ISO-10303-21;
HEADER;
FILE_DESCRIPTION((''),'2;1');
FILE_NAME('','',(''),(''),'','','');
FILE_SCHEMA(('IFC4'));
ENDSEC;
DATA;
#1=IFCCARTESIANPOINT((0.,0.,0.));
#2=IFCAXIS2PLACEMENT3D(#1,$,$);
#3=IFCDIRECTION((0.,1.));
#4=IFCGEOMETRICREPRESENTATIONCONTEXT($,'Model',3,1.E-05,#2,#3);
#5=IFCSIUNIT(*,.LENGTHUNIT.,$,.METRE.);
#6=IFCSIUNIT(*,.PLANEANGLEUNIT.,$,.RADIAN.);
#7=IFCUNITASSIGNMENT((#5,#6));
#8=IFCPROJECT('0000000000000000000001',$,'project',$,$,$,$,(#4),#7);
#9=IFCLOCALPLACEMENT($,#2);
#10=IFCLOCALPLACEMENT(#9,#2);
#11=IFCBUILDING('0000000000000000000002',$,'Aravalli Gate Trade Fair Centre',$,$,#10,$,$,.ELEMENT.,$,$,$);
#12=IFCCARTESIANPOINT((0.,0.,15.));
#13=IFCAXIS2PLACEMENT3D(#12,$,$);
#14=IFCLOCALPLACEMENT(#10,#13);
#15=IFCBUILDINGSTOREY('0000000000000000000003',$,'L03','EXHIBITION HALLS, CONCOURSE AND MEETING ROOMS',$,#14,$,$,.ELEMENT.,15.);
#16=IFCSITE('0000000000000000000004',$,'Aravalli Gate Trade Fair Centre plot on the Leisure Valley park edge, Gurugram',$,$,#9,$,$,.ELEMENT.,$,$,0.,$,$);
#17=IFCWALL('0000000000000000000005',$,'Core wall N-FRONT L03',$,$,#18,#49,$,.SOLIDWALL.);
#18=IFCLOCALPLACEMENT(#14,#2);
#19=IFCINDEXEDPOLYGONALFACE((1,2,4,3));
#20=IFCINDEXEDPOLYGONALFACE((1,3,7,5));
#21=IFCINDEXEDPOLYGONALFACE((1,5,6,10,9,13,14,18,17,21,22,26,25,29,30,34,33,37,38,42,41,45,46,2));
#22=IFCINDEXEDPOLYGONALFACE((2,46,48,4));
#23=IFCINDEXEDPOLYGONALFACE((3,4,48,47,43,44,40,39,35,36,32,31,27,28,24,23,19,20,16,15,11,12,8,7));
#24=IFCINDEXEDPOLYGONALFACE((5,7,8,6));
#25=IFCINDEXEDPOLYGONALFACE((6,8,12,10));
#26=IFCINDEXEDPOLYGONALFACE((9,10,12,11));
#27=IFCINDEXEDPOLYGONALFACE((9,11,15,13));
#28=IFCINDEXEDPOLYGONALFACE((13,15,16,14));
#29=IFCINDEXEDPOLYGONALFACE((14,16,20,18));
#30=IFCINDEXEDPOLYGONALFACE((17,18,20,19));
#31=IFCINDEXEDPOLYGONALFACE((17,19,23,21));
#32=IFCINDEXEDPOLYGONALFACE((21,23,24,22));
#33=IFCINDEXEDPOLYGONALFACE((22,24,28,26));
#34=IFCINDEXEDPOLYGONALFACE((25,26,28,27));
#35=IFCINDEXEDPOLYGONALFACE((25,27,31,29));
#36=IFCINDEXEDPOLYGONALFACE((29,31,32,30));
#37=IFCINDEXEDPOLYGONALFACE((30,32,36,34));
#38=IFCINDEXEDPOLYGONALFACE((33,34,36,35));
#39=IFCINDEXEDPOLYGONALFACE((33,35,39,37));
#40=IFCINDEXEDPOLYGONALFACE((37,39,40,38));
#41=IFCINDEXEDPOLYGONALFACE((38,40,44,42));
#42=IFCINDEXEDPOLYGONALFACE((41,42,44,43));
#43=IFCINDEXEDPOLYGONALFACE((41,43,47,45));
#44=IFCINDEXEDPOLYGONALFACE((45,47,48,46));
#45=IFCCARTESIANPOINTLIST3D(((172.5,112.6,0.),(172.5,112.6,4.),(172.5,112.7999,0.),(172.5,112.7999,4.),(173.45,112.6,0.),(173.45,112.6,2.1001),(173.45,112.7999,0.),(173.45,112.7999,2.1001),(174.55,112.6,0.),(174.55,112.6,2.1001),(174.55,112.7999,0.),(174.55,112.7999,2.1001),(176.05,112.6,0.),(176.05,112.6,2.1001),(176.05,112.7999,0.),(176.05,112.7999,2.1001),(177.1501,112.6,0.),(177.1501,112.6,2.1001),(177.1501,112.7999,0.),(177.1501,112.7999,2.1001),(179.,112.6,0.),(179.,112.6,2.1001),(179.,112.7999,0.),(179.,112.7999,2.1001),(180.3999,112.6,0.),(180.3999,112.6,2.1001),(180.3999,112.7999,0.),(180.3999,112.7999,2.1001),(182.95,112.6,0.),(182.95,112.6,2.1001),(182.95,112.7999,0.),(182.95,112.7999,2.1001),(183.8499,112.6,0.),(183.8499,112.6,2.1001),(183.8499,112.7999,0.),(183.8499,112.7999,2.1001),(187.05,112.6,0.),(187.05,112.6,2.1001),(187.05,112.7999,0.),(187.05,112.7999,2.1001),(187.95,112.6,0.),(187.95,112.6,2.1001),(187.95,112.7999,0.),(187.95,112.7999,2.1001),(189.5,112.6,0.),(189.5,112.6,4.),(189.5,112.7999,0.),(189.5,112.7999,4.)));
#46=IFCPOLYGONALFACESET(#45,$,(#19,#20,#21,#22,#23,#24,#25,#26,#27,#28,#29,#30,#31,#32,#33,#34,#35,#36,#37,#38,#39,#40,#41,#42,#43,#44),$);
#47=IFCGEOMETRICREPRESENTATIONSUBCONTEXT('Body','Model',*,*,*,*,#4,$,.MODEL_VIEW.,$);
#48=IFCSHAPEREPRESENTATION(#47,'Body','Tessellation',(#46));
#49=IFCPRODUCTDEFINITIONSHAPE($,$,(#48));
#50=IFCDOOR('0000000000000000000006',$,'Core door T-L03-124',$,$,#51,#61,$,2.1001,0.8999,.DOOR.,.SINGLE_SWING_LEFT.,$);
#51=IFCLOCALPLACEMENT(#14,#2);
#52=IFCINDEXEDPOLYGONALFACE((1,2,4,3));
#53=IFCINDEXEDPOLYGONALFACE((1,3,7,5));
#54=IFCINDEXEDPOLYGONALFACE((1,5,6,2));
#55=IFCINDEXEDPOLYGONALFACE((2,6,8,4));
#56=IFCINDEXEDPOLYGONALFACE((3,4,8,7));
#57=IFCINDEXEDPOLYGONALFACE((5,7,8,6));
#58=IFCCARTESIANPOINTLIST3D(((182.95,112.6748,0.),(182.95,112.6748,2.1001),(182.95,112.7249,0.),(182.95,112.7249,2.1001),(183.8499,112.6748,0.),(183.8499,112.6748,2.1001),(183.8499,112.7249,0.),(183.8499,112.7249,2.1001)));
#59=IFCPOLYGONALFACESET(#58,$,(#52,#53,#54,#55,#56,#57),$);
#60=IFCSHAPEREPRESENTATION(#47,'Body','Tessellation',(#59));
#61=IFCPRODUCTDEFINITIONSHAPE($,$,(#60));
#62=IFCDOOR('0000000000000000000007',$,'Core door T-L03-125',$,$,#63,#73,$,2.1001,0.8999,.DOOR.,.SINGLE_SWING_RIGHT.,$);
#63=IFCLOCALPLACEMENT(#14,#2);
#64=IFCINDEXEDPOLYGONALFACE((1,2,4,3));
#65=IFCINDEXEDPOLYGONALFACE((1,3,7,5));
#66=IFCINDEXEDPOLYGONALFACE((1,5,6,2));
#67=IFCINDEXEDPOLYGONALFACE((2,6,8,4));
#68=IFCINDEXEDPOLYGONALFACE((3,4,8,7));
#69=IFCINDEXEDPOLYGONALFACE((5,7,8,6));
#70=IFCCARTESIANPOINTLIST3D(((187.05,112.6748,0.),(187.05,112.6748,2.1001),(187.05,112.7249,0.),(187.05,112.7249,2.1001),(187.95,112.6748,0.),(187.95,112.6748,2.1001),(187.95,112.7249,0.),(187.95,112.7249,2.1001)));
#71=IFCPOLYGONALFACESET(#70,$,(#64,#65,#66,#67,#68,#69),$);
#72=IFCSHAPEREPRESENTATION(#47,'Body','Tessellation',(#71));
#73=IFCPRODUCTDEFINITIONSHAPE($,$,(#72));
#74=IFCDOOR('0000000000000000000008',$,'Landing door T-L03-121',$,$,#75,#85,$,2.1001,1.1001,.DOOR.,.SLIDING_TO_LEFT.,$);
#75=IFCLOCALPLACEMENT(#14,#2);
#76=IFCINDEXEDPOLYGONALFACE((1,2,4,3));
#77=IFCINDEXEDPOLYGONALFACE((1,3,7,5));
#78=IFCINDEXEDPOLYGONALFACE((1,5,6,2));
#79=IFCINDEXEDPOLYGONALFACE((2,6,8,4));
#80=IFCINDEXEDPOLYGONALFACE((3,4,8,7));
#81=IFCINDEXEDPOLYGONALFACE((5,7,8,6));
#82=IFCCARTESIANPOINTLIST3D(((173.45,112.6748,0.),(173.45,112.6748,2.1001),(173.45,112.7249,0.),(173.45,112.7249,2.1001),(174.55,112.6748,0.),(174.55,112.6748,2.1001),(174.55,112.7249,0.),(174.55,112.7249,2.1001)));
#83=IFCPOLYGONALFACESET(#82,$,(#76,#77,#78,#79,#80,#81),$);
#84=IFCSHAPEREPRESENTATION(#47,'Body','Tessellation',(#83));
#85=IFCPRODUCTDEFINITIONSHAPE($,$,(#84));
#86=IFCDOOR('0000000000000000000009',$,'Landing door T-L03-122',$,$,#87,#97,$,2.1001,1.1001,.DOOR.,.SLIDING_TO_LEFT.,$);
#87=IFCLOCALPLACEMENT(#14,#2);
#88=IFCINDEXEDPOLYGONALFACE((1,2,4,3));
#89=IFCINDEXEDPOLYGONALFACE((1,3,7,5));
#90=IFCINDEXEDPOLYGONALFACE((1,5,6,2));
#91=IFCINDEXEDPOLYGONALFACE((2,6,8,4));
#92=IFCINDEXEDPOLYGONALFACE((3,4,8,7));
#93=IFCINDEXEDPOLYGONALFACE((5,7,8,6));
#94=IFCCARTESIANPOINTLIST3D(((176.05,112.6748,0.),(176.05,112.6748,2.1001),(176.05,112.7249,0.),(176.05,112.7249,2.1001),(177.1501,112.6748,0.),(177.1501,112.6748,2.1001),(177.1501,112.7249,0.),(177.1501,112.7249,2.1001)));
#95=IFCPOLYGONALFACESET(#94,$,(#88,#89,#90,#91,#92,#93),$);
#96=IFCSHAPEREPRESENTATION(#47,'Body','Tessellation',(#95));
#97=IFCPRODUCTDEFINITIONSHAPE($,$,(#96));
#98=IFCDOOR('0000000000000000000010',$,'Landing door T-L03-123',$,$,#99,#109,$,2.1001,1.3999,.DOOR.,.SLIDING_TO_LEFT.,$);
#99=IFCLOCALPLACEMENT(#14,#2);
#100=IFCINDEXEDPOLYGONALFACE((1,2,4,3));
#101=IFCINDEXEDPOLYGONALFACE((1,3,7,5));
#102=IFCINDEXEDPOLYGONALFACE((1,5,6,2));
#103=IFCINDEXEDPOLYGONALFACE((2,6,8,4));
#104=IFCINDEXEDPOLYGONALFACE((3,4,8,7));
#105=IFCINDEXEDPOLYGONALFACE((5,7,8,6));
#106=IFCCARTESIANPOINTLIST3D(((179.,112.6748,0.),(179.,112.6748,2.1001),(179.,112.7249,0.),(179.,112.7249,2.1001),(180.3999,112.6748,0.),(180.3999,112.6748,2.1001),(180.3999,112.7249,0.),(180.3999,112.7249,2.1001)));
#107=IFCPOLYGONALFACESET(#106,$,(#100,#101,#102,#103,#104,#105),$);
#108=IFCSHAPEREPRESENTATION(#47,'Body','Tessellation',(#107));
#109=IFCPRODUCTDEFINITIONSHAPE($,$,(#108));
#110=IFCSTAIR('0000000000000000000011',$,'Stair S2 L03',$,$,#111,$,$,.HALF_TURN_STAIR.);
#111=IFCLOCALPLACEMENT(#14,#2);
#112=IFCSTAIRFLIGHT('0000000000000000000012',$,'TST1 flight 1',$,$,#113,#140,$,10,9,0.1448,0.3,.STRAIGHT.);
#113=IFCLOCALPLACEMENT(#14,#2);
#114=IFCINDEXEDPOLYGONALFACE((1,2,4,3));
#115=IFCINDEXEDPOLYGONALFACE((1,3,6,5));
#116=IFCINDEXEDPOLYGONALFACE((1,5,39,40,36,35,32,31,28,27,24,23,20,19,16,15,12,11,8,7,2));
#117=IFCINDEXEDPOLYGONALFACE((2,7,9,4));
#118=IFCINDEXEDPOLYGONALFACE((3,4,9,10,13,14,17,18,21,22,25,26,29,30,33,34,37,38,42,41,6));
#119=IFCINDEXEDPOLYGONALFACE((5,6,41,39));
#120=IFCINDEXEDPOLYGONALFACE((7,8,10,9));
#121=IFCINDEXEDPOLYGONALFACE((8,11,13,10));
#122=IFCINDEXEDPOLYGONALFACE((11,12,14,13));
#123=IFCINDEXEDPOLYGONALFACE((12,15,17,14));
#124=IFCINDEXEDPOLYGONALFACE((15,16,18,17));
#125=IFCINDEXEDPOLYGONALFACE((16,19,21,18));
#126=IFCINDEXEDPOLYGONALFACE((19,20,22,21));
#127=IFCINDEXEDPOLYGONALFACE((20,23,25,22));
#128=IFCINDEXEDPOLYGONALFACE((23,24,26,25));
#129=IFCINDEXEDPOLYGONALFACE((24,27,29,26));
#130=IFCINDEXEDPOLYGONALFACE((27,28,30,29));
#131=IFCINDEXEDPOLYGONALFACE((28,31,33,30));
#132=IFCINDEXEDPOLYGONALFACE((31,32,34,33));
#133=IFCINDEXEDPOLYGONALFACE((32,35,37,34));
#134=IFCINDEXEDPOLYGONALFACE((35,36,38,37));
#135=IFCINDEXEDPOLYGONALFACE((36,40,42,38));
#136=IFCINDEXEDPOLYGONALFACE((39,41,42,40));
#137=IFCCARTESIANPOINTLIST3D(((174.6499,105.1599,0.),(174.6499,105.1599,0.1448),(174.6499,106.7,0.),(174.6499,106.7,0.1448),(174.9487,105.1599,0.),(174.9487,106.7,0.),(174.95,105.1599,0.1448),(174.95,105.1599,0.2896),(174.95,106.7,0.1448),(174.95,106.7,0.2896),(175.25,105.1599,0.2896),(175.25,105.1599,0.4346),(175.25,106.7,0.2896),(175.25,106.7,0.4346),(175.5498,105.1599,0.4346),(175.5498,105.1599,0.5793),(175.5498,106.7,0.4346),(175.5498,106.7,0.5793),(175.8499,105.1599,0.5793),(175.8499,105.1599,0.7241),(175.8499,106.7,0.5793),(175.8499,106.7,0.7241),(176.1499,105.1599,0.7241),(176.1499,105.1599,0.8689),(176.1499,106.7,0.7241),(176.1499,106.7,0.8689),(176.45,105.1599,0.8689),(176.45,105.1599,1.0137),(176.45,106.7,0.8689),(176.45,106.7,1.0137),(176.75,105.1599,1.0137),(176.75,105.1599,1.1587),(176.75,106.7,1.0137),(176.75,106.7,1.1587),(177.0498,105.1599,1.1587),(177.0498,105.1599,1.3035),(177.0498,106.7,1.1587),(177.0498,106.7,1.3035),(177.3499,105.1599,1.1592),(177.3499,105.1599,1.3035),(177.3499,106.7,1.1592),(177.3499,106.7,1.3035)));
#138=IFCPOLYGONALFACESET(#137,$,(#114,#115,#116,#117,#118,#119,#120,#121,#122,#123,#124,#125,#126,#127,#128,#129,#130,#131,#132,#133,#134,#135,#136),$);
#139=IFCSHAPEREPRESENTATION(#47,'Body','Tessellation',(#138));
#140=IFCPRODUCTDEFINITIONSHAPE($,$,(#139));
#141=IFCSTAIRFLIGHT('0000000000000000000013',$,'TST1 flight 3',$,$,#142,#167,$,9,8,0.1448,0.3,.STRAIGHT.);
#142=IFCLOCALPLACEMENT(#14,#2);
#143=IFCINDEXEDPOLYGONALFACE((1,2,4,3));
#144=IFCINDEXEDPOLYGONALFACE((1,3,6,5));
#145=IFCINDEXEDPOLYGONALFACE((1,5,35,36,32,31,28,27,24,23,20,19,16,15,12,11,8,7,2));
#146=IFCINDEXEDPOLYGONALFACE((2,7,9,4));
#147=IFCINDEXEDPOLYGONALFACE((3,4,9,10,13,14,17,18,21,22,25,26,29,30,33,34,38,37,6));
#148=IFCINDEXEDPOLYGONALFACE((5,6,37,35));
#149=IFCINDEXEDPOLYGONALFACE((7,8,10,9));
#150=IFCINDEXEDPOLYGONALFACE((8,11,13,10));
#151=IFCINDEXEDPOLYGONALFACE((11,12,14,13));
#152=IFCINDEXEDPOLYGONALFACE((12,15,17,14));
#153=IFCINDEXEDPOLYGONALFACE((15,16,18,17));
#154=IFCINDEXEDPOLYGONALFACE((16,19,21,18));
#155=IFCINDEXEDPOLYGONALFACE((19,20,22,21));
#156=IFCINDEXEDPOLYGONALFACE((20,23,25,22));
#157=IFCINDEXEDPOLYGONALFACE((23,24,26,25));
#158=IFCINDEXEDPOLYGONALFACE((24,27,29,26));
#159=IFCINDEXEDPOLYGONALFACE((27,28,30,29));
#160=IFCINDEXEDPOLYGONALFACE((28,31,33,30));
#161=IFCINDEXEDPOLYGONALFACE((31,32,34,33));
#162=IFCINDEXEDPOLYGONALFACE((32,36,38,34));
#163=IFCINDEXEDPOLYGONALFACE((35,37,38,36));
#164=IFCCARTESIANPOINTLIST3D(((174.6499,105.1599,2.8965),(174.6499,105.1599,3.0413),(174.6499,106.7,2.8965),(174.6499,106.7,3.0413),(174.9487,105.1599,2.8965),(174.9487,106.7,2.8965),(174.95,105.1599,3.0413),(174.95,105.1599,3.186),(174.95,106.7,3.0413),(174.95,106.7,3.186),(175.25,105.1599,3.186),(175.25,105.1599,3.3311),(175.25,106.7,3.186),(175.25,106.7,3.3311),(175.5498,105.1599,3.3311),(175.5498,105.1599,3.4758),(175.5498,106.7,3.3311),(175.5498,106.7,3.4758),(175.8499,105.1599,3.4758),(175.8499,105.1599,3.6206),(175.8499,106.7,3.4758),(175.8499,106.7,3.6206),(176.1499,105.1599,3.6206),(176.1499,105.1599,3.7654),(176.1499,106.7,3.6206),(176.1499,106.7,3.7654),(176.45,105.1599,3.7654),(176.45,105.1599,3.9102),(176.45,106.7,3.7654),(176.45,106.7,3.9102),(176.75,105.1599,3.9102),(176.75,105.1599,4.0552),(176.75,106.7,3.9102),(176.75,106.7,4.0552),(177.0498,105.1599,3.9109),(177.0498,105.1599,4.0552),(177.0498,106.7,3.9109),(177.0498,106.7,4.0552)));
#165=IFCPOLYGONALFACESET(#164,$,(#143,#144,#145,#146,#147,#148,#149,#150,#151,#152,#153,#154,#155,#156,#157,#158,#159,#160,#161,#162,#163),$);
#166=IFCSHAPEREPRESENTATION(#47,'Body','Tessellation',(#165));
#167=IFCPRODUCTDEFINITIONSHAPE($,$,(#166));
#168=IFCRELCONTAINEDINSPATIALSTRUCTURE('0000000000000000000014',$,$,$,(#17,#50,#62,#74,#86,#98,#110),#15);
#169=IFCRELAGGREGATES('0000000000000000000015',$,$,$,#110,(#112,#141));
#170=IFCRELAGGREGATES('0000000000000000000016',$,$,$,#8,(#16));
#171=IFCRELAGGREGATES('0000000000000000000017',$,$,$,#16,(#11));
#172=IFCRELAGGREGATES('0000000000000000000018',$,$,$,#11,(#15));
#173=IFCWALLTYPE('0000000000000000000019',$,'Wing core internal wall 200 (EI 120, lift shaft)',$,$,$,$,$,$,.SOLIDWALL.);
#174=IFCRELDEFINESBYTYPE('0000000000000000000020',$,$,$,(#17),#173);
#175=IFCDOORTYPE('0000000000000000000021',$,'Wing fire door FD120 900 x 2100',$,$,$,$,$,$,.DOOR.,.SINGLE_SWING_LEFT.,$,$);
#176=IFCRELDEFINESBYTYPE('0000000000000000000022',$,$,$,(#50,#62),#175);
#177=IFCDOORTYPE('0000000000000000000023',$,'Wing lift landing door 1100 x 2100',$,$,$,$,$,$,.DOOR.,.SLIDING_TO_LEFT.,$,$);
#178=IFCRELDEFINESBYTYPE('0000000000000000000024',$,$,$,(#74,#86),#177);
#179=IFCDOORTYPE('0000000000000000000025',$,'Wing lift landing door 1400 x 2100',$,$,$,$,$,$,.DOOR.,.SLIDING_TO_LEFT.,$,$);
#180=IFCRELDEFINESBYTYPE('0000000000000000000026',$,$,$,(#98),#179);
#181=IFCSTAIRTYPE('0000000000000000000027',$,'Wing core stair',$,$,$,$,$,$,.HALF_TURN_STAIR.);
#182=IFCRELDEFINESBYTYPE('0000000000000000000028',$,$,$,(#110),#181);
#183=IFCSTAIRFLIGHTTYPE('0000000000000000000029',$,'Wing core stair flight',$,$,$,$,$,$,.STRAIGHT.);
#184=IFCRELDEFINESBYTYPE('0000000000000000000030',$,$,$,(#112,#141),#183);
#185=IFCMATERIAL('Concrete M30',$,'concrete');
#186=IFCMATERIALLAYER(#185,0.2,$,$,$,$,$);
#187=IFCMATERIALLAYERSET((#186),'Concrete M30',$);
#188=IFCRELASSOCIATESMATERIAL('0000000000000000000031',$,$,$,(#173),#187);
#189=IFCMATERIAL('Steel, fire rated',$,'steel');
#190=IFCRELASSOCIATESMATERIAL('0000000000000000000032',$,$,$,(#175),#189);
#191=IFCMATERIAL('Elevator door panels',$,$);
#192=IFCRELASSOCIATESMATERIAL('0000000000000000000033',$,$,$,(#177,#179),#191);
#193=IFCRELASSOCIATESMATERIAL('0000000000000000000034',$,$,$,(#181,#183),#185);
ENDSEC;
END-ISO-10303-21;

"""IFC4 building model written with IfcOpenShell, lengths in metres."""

from ifc_helpers import new_model, si_unit, direction, frame, frame_2d, origin, place, context, subcontext, project, spatial, polyline, rectangle, outline, extrude, material, layer, layer_set, type_object, element, fill, aggregate, save


model = new_model("IFC4")

# Units and contexts
model_context = context("Model", 3, precision=1e-05, world=origin(), true_north=direction((0.0, 1.0)))
body_context = subcontext(model_context, "Body", "Model", "MODEL_VIEW")
ifc_project = project(units=[si_unit("LENGTHUNIT", "METRE"), si_unit("PLANEANGLEUNIT", "RADIAN")], contexts=[model_context])

# Site, building, storey
site_placement = place(None, origin())
site = spatial("IfcSite", under=ifc_project, at=site_placement, Name="Aravalli Gate Trade Fair Centre plot on the Leisure Valley park edge, Gurugram", CompositionType="ELEMENT", RefElevation=0.0)
building_placement = place(site_placement, origin())
building = spatial("IfcBuilding", under=site, at=building_placement, Name="Aravalli Gate Trade Fair Centre", CompositionType="ELEMENT")
storey_placement = place(building_placement, frame((0.0, 0.0, 15.0)))
storey = spatial("IfcBuildingStorey", under=building, at=storey_placement, Name="L03", Description="EXHIBITION HALLS, CONCOURSE AND MEETING ROOMS", CompositionType="ELEMENT", Elevation=15.0)

# Shared definitions
ifc_material_1 = material(Name="Concrete M30", Category="concrete")
ifc_layer = layer(ifc_material_1, 0.2)
ifc_layer_set = layer_set([ifc_layer], Name="Concrete M30")
wall_type = type_object("IfcWallType", Name="Wing core internal wall 200 (EI 120, lift shaft)", PredefinedType="SOLIDWALL", material=ifc_layer_set)

# Wall, openings, doors
ifc_material_2 = material(Name="Steel, fire rated", Category="steel")
door_type_1 = type_object("IfcDoorType", Name="Wing fire door FD120 900 x 2100", OperationType="SINGLE_SWING_LEFT", PredefinedType="DOOR", material=ifc_material_2)
ifc_material_3 = material(Name="Elevator door panels")
door_type_2 = type_object("IfcDoorType", Name="Wing lift landing door 1100 x 2100", OperationType="SLIDING_TO_LEFT", PredefinedType="DOOR", material=ifc_material_3)
wall_1_placement = place(storey_placement, frame((172.5, 112.7, 0.0), z_axis=(0.0, 0.0, 1.0), x_axis=(1.0, 0.0, 0.0)))
wall_1 = element("IfcWall", 1, at=wall_1_placement, inside=storey, type_object=wall_type, Name="Core wall N-FRONT L03", PredefinedType="SOLIDWALL", context=body_context, shape_type="SweptSolid", body=[
    extrude(rectangle(XDim=17.0, YDim=0.2, at=frame_2d((8.5, 0.0))), origin(), (0.0, 0.0, 1.0), 4.0),
])
opening_1_placement = place(wall_1_placement, frame((0.95, 0.0, 0.0)))
opening_1 = element("IfcOpeningElement", 2, at=opening_1_placement, cuts=wall_1, PredefinedType="OPENING", context=body_context, shape_type="SweptSolid", body=[
    extrude(rectangle(XDim=1.1001, YDim=2.1001, at=frame_2d((0.55, 1.05))), frame((0.0, 0.1099, 0.0), z_axis=(0.0, -1.0, 0.0), x_axis=(1.0, 0.0, 0.0)), (0.0, 0.0, 1.0), 0.22),
])
opening_2_placement = place(wall_1_placement, frame((3.55, 0.0, 0.0)))
opening_2 = element("IfcOpeningElement", 3, at=opening_2_placement, cuts=wall_1, PredefinedType="OPENING", context=body_context, shape_type="SweptSolid", body=[
    extrude(rectangle(XDim=1.1001, YDim=2.1001, at=frame_2d((0.55, 1.05))), frame((0.0, 0.1099, 0.0), z_axis=(0.0, -1.0, 0.0), x_axis=(1.0, 0.0, 0.0)), (0.0, 0.0, 1.0), 0.22),
])
opening_3_placement = place(wall_1_placement, frame((6.5, 0.0, 0.0)))
opening_3 = element("IfcOpeningElement", 4, at=opening_3_placement, cuts=wall_1, PredefinedType="OPENING", context=body_context, shape_type="SweptSolid", body=[
    extrude(rectangle(XDim=1.3999, YDim=2.1001, at=frame_2d((0.7, 1.05))), frame((0.0, 0.1099, 0.0), z_axis=(0.0, -1.0, 0.0), x_axis=(1.0, 0.0, 0.0)), (0.0, 0.0, 1.0), 0.22),
])
opening_4_placement = place(wall_1_placement, frame((10.45, 0.0, 0.0)))
opening_4 = element("IfcOpeningElement", 5, at=opening_4_placement, cuts=wall_1, PredefinedType="OPENING", context=body_context, shape_type="SweptSolid", body=[
    extrude(rectangle(XDim=0.8999, YDim=2.1001, at=frame_2d((0.45, 1.05))), frame((0.0, 0.1099, 0.0), z_axis=(0.0, -1.0, 0.0), x_axis=(1.0, 0.0, 0.0)), (0.0, 0.0, 1.0), 0.22),
])
opening_5_placement = place(wall_1_placement, frame((14.55, 0.0, 0.0)))
opening_5 = element("IfcOpeningElement", 6, at=opening_5_placement, cuts=wall_1, PredefinedType="OPENING", context=body_context, shape_type="SweptSolid", body=[
    extrude(rectangle(XDim=0.8999, YDim=2.1001, at=frame_2d((0.45, 1.05))), frame((0.0, 0.1099, 0.0), z_axis=(0.0, -1.0, 0.0), x_axis=(1.0, 0.0, 0.0)), (0.0, 0.0, 1.0), 0.22),
])
door_1_placement = place(opening_4_placement, origin())
door_1 = element("IfcDoor", 7, at=door_1_placement, inside=storey, type_object=door_type_1, Name="Core door T-L03-124", OperationType="SINGLE_SWING_LEFT", OverallHeight=2.1001, OverallWidth=0.8999, PredefinedType="DOOR", context=body_context, shape_type="SweptSolid", body=[
    extrude(rectangle(XDim=0.8999, YDim=2.1001, at=frame_2d((0.45, 1.05))), frame((0.0, 0.0249, 0.0), z_axis=(0.0, -1.0, 0.0), x_axis=(1.0, 0.0, 0.0)), (0.0, 0.0, 1.0), 0.05),
])
fill(opening_4, door_1)
door_2_placement = place(opening_5_placement, origin())
door_2 = element("IfcDoor", 8, at=door_2_placement, inside=storey, type_object=door_type_1, Name="Core door T-L03-125", OperationType="SINGLE_SWING_RIGHT", OverallHeight=2.1001, OverallWidth=0.8999, PredefinedType="DOOR", context=body_context, shape_type="SweptSolid", body=[
    extrude(rectangle(XDim=0.8999, YDim=2.1001, at=frame_2d((0.45, 1.05))), frame((0.0, 0.0249, 0.0), z_axis=(0.0, -1.0, 0.0), x_axis=(1.0, 0.0, 0.0)), (0.0, 0.0, 1.0), 0.05),
])
fill(opening_5, door_2)
door_3_placement = place(opening_1_placement, origin())
door_3 = element("IfcDoor", 9, at=door_3_placement, inside=storey, type_object=door_type_2, Name="Landing door T-L03-121", OperationType="SLIDING_TO_LEFT", OverallHeight=2.1001, OverallWidth=1.1001, PredefinedType="DOOR", context=body_context, shape_type="SweptSolid", body=[
    extrude(rectangle(XDim=1.1001, YDim=2.1001, at=frame_2d((0.55, 1.05))), frame((0.0, 0.0249, 0.0), z_axis=(0.0, -1.0, 0.0), x_axis=(1.0, 0.0, 0.0)), (0.0, 0.0, 1.0), 0.05),
])
fill(opening_1, door_3)
door_4_placement = place(opening_2_placement, origin())
door_4 = element("IfcDoor", 10, at=door_4_placement, inside=storey, type_object=door_type_2, Name="Landing door T-L03-122", OperationType="SLIDING_TO_LEFT", OverallHeight=2.1001, OverallWidth=1.1001, PredefinedType="DOOR", context=body_context, shape_type="SweptSolid", body=[
    extrude(rectangle(XDim=1.1001, YDim=2.1001, at=frame_2d((0.55, 1.05))), frame((0.0, 0.0249, 0.0), z_axis=(0.0, -1.0, 0.0), x_axis=(1.0, 0.0, 0.0)), (0.0, 0.0, 1.0), 0.05),
])
fill(opening_2, door_4)
door_type_3 = type_object("IfcDoorType", Name="Wing lift landing door 1400 x 2100", OperationType="SLIDING_TO_LEFT", PredefinedType="DOOR", material=ifc_material_3)
door_5_placement = place(opening_3_placement, origin())
door_5 = element("IfcDoor", 11, at=door_5_placement, inside=storey, type_object=door_type_3, Name="Landing door T-L03-123", OperationType="SLIDING_TO_LEFT", OverallHeight=2.1001, OverallWidth=1.3999, PredefinedType="DOOR", context=body_context, shape_type="SweptSolid", body=[
    extrude(rectangle(XDim=1.3999, YDim=2.1001, at=frame_2d((0.7, 1.05))), frame((0.0, 0.0249, 0.0), z_axis=(0.0, -1.0, 0.0), x_axis=(1.0, 0.0, 0.0)), (0.0, 0.0, 1.0), 0.05),
])
fill(opening_3, door_5)

# Stair, stair flights
stair_type = type_object("IfcStairType", Name="Wing core stair", PredefinedType="HALF_TURN_STAIR", material=ifc_material_1)
stair_placement = place(storey_placement, origin())
stair = element("IfcStair", 12, at=stair_placement, inside=storey, type_object=stair_type, Name="Stair S2 L03", PredefinedType="HALF_TURN_STAIR")
stair_flight_type = type_object("IfcStairFlightType", Name="Wing core stair flight", PredefinedType="STRAIGHT", material=ifc_material_1)
stair_flight_1_placement = place(storey_placement, frame((174.6499, 105.9299, 0.0), z_axis=(0.0, 0.0, 1.0), x_axis=(1.0, 0.0, 0.0)))
stair_flight_1 = element("IfcStairFlight", 13, at=stair_flight_1_placement, type_object=stair_flight_type, Name="TST1 flight 1", NumberOfRisers=10, NumberOfTreads=9, PredefinedType="STRAIGHT", RiserHeight=0.1448, TreadLength=0.3, context=body_context, shape_type="SweptSolid", body=[
    extrude(outline(polyline([(0.0, 0.0), (0.0, 0.1448), (0.3, 0.1448), (0.3, 0.2896), (0.6001, 0.2896), (0.6001, 0.4346), (0.8999, 0.4346), (0.8999, 0.5793), (1.2, 0.5793), (1.2, 0.7241), (1.5, 0.7241), (1.5, 0.8689), (1.8, 0.8689), (1.8, 1.0137), (2.1001, 1.0137), (2.1001, 1.1587), (2.3999, 1.1587), (2.3999, 1.3035), (2.7, 1.3035), (2.7, 1.4482), (2.7, 1.1592), (0.2988, 0.0), (0.0, 0.0)])), frame((0.0, 0.77, 0.0), z_axis=(0.0, -1.0, 0.0), x_axis=(1.0, 0.0, 0.0)), (0.0, 0.0, 1.0), 1.54),
])
stair_flight_2_placement = place(storey_placement, frame((174.6499, 105.9299, 2.8965), z_axis=(0.0, 0.0, 1.0), x_axis=(1.0, 0.0, 0.0)))
stair_flight_2 = element("IfcStairFlight", 14, at=stair_flight_2_placement, type_object=stair_flight_type, Name="TST1 flight 3", NumberOfRisers=9, NumberOfTreads=8, PredefinedType="STRAIGHT", RiserHeight=0.1448, TreadLength=0.3, context=body_context, shape_type="SweptSolid", body=[
    extrude(outline(polyline([(0.0, 0.0), (0.0, 0.1448), (0.3, 0.1448), (0.3, 0.2896), (0.6001, 0.2896), (0.6001, 0.4346), (0.8999, 0.4346), (0.8999, 0.5793), (1.2, 0.5793), (1.2, 0.7241), (1.5, 0.7241), (1.5, 0.8689), (1.8, 0.8689), (1.8, 1.0137), (2.1001, 1.0137), (2.1001, 1.1587), (2.3999, 1.1587), (2.3999, 1.3035), (2.3999, 1.0144), (0.2988, 0.0), (0.0, 0.0)])), frame((0.0, 0.77, 0.0), z_axis=(0.0, -1.0, 0.0), x_axis=(1.0, 0.0, 0.0)), (0.0, 0.0, 1.0), 1.54),
])
aggregate(stair, [stair_flight_1, stair_flight_2])

save(model, "model.ifc")
